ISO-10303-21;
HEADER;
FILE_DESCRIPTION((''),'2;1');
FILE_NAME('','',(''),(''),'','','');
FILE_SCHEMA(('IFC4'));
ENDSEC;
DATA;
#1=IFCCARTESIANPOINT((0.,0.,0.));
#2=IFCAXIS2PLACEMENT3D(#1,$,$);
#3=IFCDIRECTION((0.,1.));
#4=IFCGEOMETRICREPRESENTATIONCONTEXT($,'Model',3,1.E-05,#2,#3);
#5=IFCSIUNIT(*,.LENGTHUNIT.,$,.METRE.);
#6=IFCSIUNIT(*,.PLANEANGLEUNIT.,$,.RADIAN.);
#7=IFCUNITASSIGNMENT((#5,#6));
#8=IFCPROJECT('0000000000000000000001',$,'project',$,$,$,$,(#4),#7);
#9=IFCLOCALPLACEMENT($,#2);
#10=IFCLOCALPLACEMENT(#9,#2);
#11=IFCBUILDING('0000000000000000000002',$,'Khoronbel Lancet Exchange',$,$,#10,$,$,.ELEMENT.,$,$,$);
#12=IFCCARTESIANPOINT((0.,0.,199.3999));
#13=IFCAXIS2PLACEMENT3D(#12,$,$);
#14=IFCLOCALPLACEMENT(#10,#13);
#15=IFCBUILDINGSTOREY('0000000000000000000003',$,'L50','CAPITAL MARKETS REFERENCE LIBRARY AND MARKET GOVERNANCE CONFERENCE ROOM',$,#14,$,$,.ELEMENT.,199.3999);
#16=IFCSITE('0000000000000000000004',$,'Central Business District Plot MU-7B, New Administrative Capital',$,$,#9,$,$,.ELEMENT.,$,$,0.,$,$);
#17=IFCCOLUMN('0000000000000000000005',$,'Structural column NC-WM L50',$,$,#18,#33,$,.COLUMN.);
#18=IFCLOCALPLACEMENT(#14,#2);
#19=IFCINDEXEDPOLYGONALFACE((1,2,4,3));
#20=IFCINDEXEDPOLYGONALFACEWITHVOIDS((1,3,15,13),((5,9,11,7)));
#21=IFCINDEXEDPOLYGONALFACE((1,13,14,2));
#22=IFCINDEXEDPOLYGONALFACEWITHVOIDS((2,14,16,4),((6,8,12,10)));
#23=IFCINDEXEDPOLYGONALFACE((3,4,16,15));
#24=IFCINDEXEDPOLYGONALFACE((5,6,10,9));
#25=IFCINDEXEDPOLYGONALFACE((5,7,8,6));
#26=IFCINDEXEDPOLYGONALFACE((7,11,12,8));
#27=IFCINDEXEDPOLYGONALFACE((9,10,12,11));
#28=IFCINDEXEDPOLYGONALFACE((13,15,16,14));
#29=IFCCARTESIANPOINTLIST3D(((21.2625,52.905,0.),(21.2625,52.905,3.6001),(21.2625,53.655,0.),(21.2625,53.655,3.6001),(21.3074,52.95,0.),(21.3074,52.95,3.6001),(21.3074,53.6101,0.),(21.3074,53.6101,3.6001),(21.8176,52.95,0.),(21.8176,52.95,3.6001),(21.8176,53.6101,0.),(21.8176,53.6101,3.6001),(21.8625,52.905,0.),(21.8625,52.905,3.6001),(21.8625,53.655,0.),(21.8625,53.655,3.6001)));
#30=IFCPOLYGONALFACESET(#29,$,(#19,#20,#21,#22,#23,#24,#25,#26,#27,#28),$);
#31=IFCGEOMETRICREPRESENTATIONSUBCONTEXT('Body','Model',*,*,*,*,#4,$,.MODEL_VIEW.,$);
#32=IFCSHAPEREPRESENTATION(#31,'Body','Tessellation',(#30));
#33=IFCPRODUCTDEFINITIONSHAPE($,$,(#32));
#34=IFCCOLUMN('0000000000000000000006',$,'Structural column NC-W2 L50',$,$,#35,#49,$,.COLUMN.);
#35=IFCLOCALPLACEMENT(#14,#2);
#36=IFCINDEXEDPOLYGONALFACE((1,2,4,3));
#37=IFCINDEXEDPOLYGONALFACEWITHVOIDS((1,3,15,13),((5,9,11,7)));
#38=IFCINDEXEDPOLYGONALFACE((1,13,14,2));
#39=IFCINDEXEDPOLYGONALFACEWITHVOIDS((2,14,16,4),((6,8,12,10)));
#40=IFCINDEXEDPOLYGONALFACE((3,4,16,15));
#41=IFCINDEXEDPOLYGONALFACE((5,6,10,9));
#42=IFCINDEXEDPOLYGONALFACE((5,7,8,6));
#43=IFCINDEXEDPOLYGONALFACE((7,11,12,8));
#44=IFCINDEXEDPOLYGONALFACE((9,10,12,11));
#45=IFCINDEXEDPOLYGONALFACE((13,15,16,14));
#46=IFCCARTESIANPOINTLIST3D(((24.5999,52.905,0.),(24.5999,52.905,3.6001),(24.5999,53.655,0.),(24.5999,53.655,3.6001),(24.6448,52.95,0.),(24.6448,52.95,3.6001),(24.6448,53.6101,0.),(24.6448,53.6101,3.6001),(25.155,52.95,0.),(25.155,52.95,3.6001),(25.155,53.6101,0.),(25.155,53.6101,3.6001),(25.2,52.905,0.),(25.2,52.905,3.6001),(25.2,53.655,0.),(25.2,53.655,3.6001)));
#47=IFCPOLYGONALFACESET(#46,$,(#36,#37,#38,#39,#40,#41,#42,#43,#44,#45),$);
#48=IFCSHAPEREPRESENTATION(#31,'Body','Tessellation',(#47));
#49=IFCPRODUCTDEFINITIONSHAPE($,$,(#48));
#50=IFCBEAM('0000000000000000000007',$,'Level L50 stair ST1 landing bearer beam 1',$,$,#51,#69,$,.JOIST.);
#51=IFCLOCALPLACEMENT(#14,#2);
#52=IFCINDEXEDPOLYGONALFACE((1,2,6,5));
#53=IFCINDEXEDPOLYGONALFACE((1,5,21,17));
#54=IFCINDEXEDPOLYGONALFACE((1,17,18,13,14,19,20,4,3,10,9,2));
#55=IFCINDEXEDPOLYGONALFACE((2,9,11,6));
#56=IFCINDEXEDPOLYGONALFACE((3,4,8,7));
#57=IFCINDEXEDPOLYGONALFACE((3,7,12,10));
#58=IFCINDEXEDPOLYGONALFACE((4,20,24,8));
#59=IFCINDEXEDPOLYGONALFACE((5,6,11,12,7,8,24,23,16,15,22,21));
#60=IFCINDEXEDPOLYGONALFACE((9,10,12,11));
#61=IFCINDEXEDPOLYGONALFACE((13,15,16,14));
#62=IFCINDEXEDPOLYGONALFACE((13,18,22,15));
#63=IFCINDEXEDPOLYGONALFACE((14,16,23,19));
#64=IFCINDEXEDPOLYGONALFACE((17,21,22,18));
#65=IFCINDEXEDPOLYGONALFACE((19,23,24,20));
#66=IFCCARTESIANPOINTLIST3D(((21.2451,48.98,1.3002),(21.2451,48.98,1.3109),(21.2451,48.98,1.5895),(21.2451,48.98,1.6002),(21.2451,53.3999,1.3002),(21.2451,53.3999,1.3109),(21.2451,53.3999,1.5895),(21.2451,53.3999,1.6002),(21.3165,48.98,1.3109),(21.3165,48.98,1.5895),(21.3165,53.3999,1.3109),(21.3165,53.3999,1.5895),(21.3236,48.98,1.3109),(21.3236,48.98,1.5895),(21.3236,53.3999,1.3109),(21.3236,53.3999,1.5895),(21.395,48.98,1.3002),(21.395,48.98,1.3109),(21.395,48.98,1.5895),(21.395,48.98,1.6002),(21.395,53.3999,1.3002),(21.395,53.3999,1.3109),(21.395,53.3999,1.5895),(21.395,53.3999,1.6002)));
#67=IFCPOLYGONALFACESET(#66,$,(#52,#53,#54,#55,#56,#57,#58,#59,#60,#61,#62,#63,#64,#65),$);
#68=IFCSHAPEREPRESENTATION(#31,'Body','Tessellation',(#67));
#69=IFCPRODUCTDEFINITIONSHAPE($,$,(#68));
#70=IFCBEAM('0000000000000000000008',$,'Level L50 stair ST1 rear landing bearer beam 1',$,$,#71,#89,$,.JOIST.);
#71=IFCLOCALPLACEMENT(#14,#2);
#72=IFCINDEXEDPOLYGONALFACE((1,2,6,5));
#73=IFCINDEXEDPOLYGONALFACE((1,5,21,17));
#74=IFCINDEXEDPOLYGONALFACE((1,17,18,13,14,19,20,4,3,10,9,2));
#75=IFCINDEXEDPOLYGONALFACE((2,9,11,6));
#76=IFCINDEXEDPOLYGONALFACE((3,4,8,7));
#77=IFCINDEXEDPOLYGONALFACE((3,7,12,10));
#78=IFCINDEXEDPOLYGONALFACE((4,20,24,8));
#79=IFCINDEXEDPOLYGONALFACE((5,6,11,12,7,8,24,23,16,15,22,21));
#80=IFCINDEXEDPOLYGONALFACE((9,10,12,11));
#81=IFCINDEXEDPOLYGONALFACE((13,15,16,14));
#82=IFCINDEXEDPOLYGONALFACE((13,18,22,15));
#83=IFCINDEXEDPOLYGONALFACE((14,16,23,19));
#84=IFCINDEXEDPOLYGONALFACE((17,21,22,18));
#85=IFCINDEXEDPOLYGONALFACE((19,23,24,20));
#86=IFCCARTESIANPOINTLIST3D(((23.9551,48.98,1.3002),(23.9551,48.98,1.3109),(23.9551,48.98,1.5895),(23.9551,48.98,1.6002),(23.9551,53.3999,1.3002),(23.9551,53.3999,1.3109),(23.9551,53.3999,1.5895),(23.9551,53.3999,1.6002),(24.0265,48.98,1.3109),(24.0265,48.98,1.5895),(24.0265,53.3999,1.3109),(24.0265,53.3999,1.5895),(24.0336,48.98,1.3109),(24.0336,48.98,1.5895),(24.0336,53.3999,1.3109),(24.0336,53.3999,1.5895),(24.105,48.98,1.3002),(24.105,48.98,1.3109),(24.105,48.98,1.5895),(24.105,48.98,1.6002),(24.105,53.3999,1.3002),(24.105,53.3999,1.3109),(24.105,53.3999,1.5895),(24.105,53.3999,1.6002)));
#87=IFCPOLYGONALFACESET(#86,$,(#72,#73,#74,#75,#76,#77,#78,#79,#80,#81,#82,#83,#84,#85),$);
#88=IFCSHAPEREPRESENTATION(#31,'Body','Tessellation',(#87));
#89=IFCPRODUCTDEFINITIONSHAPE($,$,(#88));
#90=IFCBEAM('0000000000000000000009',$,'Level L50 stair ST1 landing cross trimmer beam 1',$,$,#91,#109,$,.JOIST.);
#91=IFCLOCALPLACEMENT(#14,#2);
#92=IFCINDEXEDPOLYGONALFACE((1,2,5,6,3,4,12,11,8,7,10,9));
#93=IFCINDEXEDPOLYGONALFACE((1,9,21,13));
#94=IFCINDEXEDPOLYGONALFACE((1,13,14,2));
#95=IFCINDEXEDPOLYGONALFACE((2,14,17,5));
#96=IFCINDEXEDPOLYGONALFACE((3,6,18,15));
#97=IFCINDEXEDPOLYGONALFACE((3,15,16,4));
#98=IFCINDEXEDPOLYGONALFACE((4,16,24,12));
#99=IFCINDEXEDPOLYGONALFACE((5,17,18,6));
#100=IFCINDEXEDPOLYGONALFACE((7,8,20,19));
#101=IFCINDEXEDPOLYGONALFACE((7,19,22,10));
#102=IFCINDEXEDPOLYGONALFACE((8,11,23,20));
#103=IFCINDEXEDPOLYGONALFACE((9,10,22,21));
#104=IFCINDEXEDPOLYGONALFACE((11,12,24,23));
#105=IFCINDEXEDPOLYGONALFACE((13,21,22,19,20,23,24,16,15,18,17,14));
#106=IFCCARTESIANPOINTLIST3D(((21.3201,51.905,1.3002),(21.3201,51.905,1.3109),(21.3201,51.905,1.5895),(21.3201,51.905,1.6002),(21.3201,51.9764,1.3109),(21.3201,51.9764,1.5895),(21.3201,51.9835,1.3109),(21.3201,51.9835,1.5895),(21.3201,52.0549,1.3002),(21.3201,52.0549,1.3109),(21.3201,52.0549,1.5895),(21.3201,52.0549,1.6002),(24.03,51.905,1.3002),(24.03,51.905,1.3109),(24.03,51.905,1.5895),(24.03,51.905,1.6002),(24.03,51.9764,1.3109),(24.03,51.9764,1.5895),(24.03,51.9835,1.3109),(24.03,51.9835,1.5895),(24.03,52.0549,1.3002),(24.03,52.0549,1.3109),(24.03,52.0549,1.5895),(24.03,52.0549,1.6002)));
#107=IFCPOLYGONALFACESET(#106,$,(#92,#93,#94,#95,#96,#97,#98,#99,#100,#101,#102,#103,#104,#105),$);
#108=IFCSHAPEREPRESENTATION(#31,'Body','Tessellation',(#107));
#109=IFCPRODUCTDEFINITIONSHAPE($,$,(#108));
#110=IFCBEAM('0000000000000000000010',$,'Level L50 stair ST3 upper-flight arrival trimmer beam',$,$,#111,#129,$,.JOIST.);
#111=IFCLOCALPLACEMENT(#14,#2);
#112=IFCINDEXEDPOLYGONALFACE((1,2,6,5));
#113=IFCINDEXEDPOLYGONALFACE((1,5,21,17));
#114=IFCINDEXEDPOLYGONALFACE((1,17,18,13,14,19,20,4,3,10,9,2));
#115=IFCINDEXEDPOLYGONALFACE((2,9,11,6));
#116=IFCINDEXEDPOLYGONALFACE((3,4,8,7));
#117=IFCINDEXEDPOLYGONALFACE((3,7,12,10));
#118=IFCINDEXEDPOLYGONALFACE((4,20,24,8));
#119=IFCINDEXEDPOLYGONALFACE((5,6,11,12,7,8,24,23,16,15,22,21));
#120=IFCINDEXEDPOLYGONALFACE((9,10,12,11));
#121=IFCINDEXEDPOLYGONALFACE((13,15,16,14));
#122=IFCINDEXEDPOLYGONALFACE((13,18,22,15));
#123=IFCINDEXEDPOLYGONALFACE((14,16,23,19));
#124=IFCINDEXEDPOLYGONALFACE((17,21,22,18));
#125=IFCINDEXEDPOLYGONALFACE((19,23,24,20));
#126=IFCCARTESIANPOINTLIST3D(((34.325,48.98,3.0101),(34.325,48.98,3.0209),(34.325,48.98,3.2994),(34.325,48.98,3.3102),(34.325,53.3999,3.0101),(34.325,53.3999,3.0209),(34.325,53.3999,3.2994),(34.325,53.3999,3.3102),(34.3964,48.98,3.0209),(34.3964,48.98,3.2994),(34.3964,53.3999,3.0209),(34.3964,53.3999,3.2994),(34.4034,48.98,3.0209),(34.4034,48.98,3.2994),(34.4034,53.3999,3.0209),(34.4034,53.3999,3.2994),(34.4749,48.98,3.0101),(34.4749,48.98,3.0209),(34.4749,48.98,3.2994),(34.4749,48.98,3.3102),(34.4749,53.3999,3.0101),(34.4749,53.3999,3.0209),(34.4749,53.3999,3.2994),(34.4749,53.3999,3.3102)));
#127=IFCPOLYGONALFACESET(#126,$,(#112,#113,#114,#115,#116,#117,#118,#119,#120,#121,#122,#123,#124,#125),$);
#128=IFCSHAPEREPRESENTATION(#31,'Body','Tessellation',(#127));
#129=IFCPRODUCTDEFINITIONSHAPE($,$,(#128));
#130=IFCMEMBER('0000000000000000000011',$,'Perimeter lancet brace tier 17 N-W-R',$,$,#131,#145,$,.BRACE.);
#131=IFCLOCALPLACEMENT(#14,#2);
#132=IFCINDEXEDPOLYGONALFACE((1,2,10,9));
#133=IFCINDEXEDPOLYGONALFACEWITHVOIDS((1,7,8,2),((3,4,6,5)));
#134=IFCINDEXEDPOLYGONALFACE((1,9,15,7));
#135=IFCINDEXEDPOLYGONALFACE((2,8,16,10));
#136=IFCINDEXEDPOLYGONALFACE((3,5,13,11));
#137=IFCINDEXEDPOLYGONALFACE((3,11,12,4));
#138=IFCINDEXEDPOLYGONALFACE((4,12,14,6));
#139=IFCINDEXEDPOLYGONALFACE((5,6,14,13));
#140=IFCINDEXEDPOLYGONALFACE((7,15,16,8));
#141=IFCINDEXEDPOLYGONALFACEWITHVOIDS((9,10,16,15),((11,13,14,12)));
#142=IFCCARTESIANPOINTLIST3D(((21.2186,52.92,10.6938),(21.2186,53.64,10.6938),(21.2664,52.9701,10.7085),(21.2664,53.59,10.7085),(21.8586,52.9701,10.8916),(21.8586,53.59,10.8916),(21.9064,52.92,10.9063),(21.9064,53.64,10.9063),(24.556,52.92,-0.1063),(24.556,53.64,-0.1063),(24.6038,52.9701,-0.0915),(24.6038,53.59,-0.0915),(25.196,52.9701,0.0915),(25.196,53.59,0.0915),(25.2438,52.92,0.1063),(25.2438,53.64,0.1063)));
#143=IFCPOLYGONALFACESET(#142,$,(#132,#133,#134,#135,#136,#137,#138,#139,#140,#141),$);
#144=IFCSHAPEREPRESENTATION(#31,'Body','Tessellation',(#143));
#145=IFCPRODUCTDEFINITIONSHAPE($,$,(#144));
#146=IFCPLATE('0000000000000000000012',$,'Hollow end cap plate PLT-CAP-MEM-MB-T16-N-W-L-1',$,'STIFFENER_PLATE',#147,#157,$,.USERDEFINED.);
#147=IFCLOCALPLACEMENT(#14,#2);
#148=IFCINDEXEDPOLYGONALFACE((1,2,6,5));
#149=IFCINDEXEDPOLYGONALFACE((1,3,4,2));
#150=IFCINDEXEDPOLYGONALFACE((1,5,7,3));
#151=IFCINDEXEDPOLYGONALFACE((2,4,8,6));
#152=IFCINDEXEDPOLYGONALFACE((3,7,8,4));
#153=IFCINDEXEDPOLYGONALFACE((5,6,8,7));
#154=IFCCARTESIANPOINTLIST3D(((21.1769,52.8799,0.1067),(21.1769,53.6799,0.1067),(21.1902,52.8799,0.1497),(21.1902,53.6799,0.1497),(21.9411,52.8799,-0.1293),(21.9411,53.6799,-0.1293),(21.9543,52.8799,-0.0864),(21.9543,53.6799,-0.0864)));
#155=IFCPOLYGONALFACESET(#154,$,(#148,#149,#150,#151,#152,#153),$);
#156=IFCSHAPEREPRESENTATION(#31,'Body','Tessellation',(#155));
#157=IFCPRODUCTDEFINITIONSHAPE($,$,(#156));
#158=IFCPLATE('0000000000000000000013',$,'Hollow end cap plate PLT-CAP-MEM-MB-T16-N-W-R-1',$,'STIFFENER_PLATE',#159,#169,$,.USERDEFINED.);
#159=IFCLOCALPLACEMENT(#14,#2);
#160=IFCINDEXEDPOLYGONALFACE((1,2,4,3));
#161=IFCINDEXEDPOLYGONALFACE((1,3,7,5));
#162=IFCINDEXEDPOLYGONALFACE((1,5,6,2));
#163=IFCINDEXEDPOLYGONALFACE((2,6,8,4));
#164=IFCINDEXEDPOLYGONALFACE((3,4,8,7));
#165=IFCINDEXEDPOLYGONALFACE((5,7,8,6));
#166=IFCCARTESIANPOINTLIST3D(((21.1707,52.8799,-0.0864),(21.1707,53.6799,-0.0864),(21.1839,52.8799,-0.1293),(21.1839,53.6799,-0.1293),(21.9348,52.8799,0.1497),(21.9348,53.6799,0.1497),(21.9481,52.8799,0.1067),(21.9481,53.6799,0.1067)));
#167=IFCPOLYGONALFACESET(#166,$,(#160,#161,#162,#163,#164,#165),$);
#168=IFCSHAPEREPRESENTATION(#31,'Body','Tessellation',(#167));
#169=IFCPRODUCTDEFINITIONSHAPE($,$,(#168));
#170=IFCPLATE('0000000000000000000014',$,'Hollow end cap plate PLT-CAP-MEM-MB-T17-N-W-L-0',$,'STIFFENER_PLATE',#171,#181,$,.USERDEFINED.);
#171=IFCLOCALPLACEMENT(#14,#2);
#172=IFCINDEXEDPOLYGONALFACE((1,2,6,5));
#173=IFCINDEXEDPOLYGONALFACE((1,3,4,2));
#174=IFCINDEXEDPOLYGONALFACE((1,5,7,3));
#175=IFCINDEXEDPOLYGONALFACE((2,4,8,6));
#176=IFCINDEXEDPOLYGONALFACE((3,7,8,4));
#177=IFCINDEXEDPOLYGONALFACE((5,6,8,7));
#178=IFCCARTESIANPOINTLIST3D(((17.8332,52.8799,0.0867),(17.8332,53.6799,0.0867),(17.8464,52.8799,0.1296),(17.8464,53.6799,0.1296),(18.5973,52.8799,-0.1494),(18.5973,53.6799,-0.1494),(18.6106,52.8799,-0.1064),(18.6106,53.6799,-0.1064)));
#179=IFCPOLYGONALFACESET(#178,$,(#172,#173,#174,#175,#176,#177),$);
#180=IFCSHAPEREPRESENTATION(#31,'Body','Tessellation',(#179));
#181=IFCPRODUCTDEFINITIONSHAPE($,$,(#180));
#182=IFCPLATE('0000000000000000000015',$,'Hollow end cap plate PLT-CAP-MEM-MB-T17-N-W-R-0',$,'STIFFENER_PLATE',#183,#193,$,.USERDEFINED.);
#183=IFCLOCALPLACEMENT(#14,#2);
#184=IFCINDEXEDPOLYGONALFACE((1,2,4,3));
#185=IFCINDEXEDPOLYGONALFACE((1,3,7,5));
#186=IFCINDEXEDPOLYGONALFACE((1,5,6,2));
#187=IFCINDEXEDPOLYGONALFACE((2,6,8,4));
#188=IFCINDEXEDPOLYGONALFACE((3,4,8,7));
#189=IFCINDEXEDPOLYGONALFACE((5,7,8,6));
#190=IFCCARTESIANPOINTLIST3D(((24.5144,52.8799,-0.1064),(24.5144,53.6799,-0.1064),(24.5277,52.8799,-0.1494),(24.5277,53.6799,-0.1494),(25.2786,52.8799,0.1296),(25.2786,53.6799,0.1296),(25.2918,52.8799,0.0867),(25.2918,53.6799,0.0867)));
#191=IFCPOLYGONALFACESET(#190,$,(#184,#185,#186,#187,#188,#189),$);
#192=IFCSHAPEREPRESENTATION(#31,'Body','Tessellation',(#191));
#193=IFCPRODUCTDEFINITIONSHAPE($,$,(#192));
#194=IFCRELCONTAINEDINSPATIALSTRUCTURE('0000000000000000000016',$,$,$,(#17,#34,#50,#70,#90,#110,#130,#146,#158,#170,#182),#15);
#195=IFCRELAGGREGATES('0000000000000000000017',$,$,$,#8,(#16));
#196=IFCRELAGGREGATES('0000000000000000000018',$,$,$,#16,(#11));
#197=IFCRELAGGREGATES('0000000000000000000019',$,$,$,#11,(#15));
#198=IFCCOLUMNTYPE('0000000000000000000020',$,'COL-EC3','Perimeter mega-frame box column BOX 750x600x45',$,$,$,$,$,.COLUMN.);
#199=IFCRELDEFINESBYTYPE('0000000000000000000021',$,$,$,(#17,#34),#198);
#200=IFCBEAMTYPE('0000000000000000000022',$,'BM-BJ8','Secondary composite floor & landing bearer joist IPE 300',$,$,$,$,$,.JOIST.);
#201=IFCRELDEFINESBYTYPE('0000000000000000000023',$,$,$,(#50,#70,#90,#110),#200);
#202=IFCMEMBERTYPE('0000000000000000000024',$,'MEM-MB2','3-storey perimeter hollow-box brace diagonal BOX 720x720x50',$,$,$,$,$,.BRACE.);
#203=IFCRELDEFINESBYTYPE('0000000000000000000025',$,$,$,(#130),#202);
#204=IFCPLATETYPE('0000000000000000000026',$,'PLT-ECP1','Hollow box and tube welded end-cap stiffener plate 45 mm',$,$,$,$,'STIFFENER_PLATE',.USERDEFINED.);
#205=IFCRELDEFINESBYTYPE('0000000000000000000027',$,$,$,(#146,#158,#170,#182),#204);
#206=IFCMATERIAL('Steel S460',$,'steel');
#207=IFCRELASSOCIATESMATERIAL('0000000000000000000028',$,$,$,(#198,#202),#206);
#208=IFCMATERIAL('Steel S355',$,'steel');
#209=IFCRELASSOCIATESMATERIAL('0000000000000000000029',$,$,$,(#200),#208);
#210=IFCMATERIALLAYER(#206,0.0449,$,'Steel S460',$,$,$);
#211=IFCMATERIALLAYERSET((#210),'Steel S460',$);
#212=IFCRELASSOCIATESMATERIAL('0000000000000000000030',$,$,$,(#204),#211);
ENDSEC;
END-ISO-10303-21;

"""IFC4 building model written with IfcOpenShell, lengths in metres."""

from ifc_helpers import new_model, si_unit, direction, frame, origin, origin_2d, place, context, subcontext, project, spatial, polyline, hollow_rectangle, i_section, outline, extrude, material, layer, layer_set, material_profile, profile_set, type_object, element, save


model = new_model("IFC4")

# Units and contexts
model_context = context("Model", 3, precision=1e-05, world=origin(), true_north=direction((0.0, 1.0)))
body_context = subcontext(model_context, "Body", "Model", "MODEL_VIEW")
ifc_project = project(units=[si_unit("LENGTHUNIT", "METRE"), si_unit("PLANEANGLEUNIT", "RADIAN")], contexts=[model_context])

# Site, building, storey
site_placement = place(None, origin())
site = spatial("IfcSite", under=ifc_project, at=site_placement, Name="Central Business District Plot MU-7B, New Administrative Capital", CompositionType="ELEMENT", RefElevation=0.0)
building_placement = place(site_placement, origin())
building = spatial("IfcBuilding", under=site, at=building_placement, Name="Khoronbel Lancet Exchange", CompositionType="ELEMENT")
storey_placement = place(building_placement, frame((0.0, 0.0, 199.3999)))
storey = spatial("IfcBuildingStorey", under=building, at=storey_placement, Name="L50", Description="CAPITAL MARKETS REFERENCE LIBRARY AND MARKET GOVERNANCE CONFERENCE ROOM", CompositionType="ELEMENT", Elevation=199.3999)

# Columns
ifc_material_1 = material(Name="Steel S460", Category="steel")
ifc_material_profile_1 = material_profile(ifc_material_1, hollow_rectangle(XDim=0.6001, YDim=0.75, WallThickness=0.0449, at=origin_2d()), Name="BOX 750x600x45")
ifc_profile_set_1 = profile_set([ifc_material_profile_1], Name="Steel S460")
column_type = type_object("IfcColumnType", Name="COL-EC3", Description="Perimeter mega-frame box column BOX 750x600x45", PredefinedType="COLUMN", material=ifc_profile_set_1)
for number, where, z_axis, x_axis, name in (
    (1, (21.5625, 53.28, 0.0), (0.0, 0.0, 1.0), (1.0, 0.0, 0.0), "Structural column NC-WM L50"),
    (2, (24.8999, 53.28, 0.0), (0.0, 0.0, 1.0), (1.0, 0.0, 0.0), "Structural column NC-W2 L50"),
):
    element("IfcColumn", number, at=place(storey_placement, frame(where, z_axis=z_axis, x_axis=x_axis)), inside=storey, type_object=column_type, Name=name, PredefinedType="COLUMN", context=body_context, shape_type="SweptSolid", body=[
        extrude(hollow_rectangle(XDim=0.6001, YDim=0.75, WallThickness=0.0449, at=origin_2d()), origin(), (0.0, 0.0, 1.0), 3.6001),
    ])

# Beams
ifc_material_2 = material(Name="Steel S355", Category="steel")
ifc_material_profile_2 = material_profile(ifc_material_2, i_section(OverallWidth=0.1499, OverallDepth=0.3, WebThickness=0.0071, FlangeThickness=0.0107, at=origin_2d()), Name="IPE 300")
ifc_profile_set_2 = profile_set([ifc_material_profile_2], Name="Steel S355")
beam_type = type_object("IfcBeamType", Name="BM-BJ8", Description="Secondary composite floor & landing bearer joist IPE 300", PredefinedType="JOIST", material=ifc_profile_set_2)
for number, where, z_axis, x_axis, name in (
    (3, (21.3201, 48.98, 1.4502), (0.0, 1.0, 0.0), (-1.0, 0.0, 0.0), "Level L50 stair ST1 landing bearer beam 1"),
    (4, (24.03, 48.98, 1.4502), (0.0, 1.0, 0.0), (-1.0, 0.0, 0.0), "Level L50 stair ST1 rear landing bearer beam 1"),
):
    element("IfcBeam", number, at=place(storey_placement, frame(where, z_axis=z_axis, x_axis=x_axis)), inside=storey, type_object=beam_type, Name=name, PredefinedType="JOIST", context=body_context, shape_type="SweptSolid", body=[
        extrude(i_section(OverallWidth=0.1499, OverallDepth=0.3, WebThickness=0.0071, FlangeThickness=0.0107, at=origin_2d()), origin(), (0.0, 0.0, 1.0), 4.4199),
    ])
beam_1_placement = place(storey_placement, frame((21.3201, 51.98, 1.4502), z_axis=(1.0, 0.0, 0.0), x_axis=(0.0, 1.0, 0.0)))
element("IfcBeam", 5, at=beam_1_placement, inside=storey, type_object=beam_type, Name="Level L50 stair ST1 landing cross trimmer beam 1", PredefinedType="JOIST", context=body_context, shape_type="SweptSolid", body=[
    extrude(i_section(OverallWidth=0.1499, OverallDepth=0.3, WebThickness=0.0071, FlangeThickness=0.0107, at=origin_2d()), origin(), (0.0, 0.0, 1.0), 2.71),
])
beam_2_placement = place(storey_placement, frame((34.3999, 48.98, 3.1602), z_axis=(0.0, 1.0, 0.0), x_axis=(-1.0, 0.0, 0.0)))
element("IfcBeam", 6, at=beam_2_placement, inside=storey, type_object=beam_type, Name="Level L50 stair ST3 upper-flight arrival trimmer beam", PredefinedType="JOIST", context=body_context, shape_type="SweptSolid", body=[
    extrude(i_section(OverallWidth=0.1499, OverallDepth=0.3, WebThickness=0.0071, FlangeThickness=0.0107, at=origin_2d()), origin(), (0.0, 0.0, 1.0), 4.4199),
])

# Member
ifc_material_profile_3 = material_profile(ifc_material_1, hollow_rectangle(XDim=0.72, YDim=0.72, WallThickness=0.05, at=origin_2d()), Name="BOX 720x720x50")
ifc_profile_set_3 = profile_set([ifc_material_profile_3], Name="Steel S460")
member_type = type_object("IfcMemberType", Name="MEM-MB2", Description="3-storey perimeter hollow-box brace diagonal BOX 720x720x50", PredefinedType="BRACE", material=ifc_profile_set_3)
member_placement = place(storey_placement, frame((24.8999, 53.28, 0.0), z_axis=(-0.295242, 0.0, 0.955422), x_axis=(0.0, -1.0, 0.0)))
element("IfcMember", 7, at=member_placement, inside=storey, type_object=member_type, Name="Perimeter lancet brace tier 17 N-W-R", PredefinedType="BRACE", context=body_context, shape_type="SweptSolid", body=[
    extrude(hollow_rectangle(XDim=0.72, YDim=0.72, WallThickness=0.05, at=origin_2d()), origin(), (0.0, 0.0, 1.0), 11.304),
])

# Plates
ifc_layer_1 = layer(ifc_material_1, 0.0449, Name="Steel S460")
ifc_layer_set_1 = layer_set([ifc_layer_1], Name="Steel S460")
plate_type = type_object("IfcPlateType", Name="PLT-ECP1", Description="Hollow box and tube welded end-cap stiffener plate 45 mm", ElementType="STIFFENER_PLATE", PredefinedType="USERDEFINED", material=ifc_layer_set_1)
for number, where, z_axis, x_axis, name in (
    (8, (21.9543, 52.8799, -0.0864), (0.29518, 0.0, 0.955442), (0.0, 1.0, 0.0), "Hollow end cap plate PLT-CAP-MEM-MB-T16-N-W-L-1"),
    (9, (21.1707, 53.6799, -0.0864), (-0.29518, 0.0, 0.955442), (0.0, -1.0, 0.0), "Hollow end cap plate PLT-CAP-MEM-MB-T16-N-W-R-1"),
    (10, (18.6106, 52.8799, -0.1064), (0.29518, 0.0, 0.955442), (0.0, 1.0, 0.0), "Hollow end cap plate PLT-CAP-MEM-MB-T17-N-W-L-0"),
    (11, (24.5144, 53.6799, -0.1064), (-0.29518, 0.0, 0.955442), (0.0, -1.0, 0.0), "Hollow end cap plate PLT-CAP-MEM-MB-T17-N-W-R-0"),
):
    element("IfcPlate", number, at=place(storey_placement, frame(where, z_axis=z_axis, x_axis=x_axis)), inside=storey, type_object=plate_type, Name=name, ObjectType="STIFFENER_PLATE", PredefinedType="USERDEFINED", context=body_context, shape_type="SweptSolid", body=[
        extrude(outline(polyline([(0.0, 0.0), (0.8, 0.0), (0.8, 0.7998), (0.0, 0.7998), (0.0, 0.0)])), origin(), (0.0, 0.0, -1.0), 0.0449),
    ])

save(model, "model.ifc")
